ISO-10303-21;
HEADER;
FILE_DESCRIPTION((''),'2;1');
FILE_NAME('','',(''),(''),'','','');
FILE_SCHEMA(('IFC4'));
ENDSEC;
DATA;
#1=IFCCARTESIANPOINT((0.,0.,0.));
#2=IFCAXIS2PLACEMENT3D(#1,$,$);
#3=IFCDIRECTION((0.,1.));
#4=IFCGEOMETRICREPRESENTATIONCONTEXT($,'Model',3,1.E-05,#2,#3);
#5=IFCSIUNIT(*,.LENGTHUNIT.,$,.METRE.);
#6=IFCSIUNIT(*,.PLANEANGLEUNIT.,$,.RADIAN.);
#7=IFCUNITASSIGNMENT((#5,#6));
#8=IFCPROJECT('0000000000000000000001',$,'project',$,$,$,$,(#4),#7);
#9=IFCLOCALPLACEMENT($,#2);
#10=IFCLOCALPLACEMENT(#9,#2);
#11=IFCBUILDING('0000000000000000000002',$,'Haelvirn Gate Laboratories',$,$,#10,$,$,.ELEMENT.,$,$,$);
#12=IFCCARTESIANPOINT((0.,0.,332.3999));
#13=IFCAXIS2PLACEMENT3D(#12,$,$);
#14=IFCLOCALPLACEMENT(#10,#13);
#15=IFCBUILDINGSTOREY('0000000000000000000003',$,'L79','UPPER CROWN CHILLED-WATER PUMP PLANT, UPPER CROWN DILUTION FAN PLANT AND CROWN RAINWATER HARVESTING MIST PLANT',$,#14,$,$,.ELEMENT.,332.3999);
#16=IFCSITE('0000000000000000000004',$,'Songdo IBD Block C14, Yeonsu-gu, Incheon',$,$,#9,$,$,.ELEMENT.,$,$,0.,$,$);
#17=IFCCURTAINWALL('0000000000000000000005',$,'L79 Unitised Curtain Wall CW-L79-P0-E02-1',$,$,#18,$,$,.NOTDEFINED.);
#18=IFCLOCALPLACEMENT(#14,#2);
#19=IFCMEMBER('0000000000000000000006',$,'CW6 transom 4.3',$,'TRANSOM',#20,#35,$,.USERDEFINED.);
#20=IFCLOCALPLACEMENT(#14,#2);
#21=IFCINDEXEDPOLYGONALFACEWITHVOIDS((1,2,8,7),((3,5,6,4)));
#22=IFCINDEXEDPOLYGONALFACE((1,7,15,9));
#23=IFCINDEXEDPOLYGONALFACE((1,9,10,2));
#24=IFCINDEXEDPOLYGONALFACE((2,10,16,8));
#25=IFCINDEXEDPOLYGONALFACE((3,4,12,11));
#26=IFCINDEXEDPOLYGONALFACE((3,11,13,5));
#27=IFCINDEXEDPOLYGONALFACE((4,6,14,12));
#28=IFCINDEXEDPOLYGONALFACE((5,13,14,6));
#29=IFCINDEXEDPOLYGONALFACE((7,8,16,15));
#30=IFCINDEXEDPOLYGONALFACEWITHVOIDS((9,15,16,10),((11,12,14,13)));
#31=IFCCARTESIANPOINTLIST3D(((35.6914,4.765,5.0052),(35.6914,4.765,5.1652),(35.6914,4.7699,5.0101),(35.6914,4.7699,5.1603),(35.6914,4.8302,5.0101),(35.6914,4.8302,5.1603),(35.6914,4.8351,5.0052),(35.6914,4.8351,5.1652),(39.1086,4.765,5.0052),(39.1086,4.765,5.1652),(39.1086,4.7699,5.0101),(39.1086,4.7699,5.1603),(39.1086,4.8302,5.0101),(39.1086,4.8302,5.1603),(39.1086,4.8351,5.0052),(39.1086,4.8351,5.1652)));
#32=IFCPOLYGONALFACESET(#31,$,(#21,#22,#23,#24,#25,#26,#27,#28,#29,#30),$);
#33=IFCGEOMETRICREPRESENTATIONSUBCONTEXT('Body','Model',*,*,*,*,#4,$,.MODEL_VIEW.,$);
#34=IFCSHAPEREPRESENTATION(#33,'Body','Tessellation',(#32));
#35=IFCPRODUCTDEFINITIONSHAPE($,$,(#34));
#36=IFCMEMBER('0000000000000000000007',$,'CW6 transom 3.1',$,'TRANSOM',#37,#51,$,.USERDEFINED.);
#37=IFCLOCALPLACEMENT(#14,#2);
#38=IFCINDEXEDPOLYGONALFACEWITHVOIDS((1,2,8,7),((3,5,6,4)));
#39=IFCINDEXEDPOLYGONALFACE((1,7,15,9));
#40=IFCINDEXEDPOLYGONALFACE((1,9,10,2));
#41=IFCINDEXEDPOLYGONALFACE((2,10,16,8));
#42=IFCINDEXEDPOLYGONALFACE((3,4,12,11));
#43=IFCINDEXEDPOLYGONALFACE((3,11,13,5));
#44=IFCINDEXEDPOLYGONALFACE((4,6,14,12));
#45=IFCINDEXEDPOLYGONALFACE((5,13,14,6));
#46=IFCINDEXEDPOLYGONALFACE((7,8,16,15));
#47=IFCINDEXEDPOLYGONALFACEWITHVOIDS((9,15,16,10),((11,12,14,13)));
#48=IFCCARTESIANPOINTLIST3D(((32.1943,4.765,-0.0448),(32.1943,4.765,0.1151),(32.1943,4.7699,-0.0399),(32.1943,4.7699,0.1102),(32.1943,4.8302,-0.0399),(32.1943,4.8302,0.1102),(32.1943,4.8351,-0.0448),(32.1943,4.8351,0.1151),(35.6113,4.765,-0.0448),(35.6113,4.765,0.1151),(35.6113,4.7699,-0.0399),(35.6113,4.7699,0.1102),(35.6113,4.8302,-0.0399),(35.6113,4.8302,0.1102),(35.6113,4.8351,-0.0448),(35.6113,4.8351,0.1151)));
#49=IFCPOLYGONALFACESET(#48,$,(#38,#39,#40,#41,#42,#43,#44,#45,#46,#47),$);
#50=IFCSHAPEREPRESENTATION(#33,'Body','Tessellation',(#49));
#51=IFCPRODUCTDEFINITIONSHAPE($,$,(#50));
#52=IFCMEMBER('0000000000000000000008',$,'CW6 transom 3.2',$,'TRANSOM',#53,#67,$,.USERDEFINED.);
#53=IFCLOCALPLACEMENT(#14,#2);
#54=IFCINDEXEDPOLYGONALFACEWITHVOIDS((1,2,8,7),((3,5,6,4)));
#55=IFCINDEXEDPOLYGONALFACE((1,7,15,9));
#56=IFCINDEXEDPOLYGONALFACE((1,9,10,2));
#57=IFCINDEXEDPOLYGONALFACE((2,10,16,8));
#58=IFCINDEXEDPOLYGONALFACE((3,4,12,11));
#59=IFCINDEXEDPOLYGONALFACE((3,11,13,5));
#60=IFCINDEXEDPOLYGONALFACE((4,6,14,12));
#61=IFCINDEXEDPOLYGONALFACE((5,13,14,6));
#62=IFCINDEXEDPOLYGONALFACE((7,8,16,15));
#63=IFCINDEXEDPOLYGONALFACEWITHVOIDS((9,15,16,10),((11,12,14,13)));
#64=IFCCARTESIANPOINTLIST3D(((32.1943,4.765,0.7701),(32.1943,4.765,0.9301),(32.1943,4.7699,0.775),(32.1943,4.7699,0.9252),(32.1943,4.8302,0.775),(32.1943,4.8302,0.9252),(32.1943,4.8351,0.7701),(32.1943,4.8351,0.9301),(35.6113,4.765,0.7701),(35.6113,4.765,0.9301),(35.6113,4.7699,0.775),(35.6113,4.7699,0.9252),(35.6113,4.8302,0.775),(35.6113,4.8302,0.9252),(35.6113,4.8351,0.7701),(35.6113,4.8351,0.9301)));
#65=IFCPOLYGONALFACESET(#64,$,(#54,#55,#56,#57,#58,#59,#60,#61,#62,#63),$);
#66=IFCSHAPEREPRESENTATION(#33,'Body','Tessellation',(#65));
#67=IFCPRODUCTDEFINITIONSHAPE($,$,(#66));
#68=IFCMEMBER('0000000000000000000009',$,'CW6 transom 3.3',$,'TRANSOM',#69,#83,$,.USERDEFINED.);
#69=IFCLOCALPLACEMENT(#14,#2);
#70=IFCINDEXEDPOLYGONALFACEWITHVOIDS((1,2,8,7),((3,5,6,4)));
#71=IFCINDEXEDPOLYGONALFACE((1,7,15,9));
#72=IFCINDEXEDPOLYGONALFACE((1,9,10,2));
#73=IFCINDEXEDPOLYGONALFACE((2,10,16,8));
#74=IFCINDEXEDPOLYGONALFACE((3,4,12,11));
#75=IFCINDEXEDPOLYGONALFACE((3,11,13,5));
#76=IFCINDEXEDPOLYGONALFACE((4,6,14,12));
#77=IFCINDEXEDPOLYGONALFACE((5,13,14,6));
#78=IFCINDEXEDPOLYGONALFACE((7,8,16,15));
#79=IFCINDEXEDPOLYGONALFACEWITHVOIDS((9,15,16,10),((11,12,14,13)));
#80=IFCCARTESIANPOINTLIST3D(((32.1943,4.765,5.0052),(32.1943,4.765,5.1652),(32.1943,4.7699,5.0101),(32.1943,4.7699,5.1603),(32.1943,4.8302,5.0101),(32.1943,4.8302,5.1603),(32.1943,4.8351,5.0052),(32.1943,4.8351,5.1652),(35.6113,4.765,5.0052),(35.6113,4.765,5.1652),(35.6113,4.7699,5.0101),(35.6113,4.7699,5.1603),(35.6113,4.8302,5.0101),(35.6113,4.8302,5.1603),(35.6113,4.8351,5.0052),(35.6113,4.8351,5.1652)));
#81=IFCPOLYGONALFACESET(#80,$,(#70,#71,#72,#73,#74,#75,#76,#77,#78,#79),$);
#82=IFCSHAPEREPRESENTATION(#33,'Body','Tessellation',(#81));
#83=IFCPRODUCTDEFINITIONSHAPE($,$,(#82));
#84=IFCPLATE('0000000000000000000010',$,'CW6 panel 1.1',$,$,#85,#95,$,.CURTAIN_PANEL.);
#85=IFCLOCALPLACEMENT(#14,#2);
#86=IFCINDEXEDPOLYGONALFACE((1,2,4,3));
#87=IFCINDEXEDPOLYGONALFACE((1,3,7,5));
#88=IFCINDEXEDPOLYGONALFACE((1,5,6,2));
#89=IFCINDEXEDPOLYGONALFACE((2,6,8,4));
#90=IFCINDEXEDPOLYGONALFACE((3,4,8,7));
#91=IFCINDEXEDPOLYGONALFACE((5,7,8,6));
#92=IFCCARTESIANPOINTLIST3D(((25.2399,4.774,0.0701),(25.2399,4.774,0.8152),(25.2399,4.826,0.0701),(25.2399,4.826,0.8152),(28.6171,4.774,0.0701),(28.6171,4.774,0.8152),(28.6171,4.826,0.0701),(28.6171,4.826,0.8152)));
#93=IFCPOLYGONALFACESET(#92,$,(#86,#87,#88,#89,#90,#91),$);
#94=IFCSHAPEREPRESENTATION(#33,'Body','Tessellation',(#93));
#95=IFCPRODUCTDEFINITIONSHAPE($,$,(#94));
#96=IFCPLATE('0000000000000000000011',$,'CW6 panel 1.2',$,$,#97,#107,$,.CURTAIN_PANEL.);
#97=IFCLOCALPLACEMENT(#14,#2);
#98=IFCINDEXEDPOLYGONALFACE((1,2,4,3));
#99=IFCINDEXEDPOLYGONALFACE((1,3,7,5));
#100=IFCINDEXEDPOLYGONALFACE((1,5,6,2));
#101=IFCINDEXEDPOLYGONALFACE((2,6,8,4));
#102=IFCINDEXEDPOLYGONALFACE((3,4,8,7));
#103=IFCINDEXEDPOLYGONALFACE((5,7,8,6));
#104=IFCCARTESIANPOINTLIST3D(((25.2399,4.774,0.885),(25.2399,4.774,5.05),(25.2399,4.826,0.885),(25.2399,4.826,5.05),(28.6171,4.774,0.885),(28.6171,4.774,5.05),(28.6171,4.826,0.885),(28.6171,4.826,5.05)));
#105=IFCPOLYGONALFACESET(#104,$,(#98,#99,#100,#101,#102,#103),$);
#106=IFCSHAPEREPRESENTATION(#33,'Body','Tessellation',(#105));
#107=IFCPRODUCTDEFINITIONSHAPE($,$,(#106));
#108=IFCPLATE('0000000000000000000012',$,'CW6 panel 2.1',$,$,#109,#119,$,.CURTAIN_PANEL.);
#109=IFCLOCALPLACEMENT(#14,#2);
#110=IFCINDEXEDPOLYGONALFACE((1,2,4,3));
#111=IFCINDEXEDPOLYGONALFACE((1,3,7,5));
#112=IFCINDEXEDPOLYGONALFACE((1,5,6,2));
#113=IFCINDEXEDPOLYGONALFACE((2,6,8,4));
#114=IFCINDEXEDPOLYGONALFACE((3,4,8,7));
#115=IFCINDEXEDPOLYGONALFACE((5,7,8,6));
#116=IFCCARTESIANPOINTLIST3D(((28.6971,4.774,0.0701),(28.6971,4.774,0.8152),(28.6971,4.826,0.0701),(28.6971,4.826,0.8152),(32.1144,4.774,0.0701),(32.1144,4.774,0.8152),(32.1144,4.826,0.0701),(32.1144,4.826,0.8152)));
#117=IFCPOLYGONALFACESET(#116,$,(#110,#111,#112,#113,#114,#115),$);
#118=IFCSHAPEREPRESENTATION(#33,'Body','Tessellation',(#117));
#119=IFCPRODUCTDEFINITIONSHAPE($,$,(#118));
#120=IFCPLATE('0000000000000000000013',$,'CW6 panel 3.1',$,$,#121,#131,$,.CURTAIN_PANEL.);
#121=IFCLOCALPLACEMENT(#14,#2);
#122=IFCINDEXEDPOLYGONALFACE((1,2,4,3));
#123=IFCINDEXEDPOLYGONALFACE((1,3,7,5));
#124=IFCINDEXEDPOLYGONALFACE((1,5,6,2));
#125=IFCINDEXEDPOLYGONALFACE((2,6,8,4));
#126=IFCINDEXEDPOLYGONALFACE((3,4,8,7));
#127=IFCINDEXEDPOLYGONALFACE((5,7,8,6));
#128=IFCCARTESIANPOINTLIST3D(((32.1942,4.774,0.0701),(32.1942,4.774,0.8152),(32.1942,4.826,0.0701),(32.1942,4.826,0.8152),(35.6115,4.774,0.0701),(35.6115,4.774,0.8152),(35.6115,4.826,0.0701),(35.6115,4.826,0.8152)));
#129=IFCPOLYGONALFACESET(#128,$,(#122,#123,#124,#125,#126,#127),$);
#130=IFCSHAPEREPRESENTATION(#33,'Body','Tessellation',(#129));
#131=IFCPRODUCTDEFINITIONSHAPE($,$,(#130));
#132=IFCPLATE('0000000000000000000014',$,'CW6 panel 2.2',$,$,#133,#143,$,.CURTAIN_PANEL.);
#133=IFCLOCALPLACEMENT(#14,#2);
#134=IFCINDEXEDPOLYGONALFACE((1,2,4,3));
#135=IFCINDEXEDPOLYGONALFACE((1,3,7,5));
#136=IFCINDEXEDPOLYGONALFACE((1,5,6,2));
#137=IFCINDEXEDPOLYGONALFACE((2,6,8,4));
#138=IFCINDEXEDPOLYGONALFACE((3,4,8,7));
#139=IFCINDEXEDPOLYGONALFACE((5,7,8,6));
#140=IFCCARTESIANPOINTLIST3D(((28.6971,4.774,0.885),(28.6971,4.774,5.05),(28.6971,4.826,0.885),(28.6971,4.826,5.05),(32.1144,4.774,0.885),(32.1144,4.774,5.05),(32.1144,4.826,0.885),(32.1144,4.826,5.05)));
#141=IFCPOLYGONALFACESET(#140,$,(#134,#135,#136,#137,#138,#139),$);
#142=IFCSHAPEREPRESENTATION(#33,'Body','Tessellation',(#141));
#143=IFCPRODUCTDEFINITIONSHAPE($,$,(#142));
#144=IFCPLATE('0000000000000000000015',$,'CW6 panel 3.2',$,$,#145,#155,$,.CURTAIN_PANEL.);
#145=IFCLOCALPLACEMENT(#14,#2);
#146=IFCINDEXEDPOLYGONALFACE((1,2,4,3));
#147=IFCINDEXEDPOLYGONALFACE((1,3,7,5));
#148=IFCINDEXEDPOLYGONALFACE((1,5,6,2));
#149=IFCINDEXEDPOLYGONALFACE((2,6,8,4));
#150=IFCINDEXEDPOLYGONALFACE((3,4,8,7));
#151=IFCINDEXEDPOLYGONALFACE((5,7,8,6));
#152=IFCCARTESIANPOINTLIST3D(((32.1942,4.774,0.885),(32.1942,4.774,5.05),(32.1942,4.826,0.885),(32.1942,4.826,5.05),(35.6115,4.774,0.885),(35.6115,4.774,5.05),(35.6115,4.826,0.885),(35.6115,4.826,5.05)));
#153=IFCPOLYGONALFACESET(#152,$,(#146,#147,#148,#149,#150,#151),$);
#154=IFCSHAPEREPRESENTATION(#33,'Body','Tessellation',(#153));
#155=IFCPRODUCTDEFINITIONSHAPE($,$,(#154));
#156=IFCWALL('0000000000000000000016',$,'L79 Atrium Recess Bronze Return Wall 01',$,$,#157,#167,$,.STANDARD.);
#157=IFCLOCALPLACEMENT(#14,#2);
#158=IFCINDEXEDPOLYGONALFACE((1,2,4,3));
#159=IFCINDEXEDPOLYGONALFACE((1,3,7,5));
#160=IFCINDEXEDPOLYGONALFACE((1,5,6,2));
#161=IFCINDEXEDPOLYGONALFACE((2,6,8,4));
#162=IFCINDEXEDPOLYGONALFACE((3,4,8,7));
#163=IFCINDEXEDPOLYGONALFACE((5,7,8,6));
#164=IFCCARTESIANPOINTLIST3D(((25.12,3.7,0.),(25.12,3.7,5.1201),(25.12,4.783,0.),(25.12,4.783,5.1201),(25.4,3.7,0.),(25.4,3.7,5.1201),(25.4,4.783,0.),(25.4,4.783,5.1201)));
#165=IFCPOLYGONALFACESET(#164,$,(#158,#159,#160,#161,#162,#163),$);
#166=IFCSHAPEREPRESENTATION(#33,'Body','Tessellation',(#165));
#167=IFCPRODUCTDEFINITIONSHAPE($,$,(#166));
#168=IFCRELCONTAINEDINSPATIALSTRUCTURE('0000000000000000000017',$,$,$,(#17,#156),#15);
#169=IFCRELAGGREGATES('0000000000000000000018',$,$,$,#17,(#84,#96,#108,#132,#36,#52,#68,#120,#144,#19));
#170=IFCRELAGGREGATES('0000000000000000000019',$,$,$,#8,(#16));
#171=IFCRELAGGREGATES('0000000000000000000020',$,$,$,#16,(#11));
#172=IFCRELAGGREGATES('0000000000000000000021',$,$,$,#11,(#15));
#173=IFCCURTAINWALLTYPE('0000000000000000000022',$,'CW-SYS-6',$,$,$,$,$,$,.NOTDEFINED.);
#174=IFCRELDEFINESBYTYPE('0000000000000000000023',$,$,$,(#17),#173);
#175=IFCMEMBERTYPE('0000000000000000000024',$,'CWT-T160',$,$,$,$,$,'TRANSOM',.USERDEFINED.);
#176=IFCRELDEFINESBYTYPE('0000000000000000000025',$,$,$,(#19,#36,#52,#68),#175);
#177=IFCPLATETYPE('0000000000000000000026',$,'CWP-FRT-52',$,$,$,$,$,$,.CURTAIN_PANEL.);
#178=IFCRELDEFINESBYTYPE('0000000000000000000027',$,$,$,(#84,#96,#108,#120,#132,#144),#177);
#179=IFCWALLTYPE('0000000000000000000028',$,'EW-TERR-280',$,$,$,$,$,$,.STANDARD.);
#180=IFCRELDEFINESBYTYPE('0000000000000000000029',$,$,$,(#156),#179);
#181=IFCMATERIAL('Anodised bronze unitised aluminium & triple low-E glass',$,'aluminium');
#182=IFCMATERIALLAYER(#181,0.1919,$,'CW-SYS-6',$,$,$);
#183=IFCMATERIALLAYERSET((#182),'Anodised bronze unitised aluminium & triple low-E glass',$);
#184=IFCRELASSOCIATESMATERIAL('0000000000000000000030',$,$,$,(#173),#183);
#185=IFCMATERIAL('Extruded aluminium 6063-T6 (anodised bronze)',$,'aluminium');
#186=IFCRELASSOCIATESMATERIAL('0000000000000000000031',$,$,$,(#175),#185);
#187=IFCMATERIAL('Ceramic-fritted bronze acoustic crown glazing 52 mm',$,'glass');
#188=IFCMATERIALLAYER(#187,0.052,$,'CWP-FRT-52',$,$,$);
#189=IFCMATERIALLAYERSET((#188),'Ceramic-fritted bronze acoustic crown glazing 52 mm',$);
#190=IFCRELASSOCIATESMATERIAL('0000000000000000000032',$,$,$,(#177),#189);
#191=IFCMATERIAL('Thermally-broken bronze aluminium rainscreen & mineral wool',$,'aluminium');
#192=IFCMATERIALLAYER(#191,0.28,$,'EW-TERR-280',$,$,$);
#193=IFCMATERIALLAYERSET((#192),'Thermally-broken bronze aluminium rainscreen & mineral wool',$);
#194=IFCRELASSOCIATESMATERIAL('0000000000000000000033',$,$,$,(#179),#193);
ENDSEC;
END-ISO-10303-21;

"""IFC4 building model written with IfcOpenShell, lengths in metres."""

from ifc_helpers import new_model, si_unit, direction, frame, frame_2d, origin, origin_2d, place, context, subcontext, project, spatial, rectangle, hollow_rectangle, extrude, source, transform, mapped, material, layer, layer_set, material_profile, profile_set, type_object, type_shapes, element, aggregate, save


model = new_model("IFC4")

# Units and contexts
model_context = context("Model", 3, precision=1e-05, world=origin(), true_north=direction((0.0, 1.0)))
body_context = subcontext(model_context, "Body", "Model", "MODEL_VIEW")
ifc_project = project(units=[si_unit("LENGTHUNIT", "METRE"), si_unit("PLANEANGLEUNIT", "RADIAN")], contexts=[model_context])

# Site, building, storey
site_placement = place(None, origin())
site = spatial("IfcSite", under=ifc_project, at=site_placement, Name="Songdo IBD Block C14, Yeonsu-gu, Incheon", CompositionType="ELEMENT", RefElevation=0.0)
building_placement = place(site_placement, origin())
building = spatial("IfcBuilding", under=site, at=building_placement, Name="Haelvirn Gate Laboratories", CompositionType="ELEMENT")
storey_placement = place(building_placement, frame((0.0, 0.0, 332.3999)))
storey = spatial("IfcBuildingStorey", under=building, at=storey_placement, Name="L79", Description="UPPER CROWN CHILLED-WATER PUMP PLANT, UPPER CROWN DILUTION FAN PLANT AND CROWN RAINWATER HARVESTING MIST PLANT", CompositionType="ELEMENT", Elevation=332.3999)

# Shared definitions
ifc_material_1 = material(Name="Anodised bronze unitised aluminium & triple low-E glass", Category="aluminium")
ifc_layer_1 = layer(ifc_material_1, 0.1919, Name="CW-SYS-6")
ifc_layer_set_1 = layer_set([ifc_layer_1], Name="Anodised bronze unitised aluminium & triple low-E glass")
curtain_wall_type = type_object("IfcCurtainWallType", Name="CW-SYS-6", PredefinedType="NOTDEFINED", material=ifc_layer_set_1)
ifc_material_2 = material(Name="Extruded aluminium 6063-T6 (anodised bronze)", Category="aluminium")

# Curtain wall, members, plates
curtain_wall_1_placement = place(storey_placement, origin())
curtain_wall_1 = element("IfcCurtainWall", 1, at=curtain_wall_1_placement, inside=storey, type_object=curtain_wall_type, Name="L79 Unitised Curtain Wall CW-L79-P0-E02-1", PredefinedType="NOTDEFINED")
ifc_material_profile_1 = material_profile(ifc_material_2, hollow_rectangle(XDim=0.0701, YDim=0.1599, WallThickness=0.0049, at=origin_2d()), Name="CWT-160x70x5")
ifc_profile_set_1 = profile_set([ifc_material_profile_1], Name="Extruded aluminium 6063-T6 (anodised bronze)")
member_type_1 = type_object("IfcMemberType", Name="CWT-T160", ElementType="TRANSOM", PredefinedType="USERDEFINED", material=ifc_profile_set_1)
shared_shape_1 = source(origin(), body_context, "Body", "SweptSolid", [
    extrude(hollow_rectangle(XDim=0.0701, YDim=0.1599, WallThickness=0.0049, at=origin_2d()), origin(), (0.0, 0.0, 1.0), 3.4172),
])
member_1_placement = place(storey_placement, frame((35.6914, 4.8, 5.0852), z_axis=(1.0, 0.0, 0.0), x_axis=(0.0, 1.0, 0.0)))
member_1 = element("IfcMember", 2, at=member_1_placement, type_object=member_type_1, Name="CW6 transom 4.3", ObjectType="TRANSOM", PredefinedType="USERDEFINED", context=body_context, shape_type="MappedRepresentation", body=[
    mapped(shared_shape_1, transform((0.0, 0.0, 0.0), scale=1.0)),
])
shared_shape_2 = source(origin(), body_context, "Body", "SweptSolid", [
    extrude(hollow_rectangle(XDim=0.0701, YDim=0.1599, WallThickness=0.0049, at=origin_2d()), origin(), (0.0, 0.0, 1.0), 3.417),
])
member_2_placement = place(storey_placement, frame((32.1943, 4.8, 0.0352), z_axis=(1.0, 0.0, 0.0), x_axis=(0.0, 1.0, 0.0)))
member_2 = element("IfcMember", 3, at=member_2_placement, type_object=member_type_1, Name="CW6 transom 3.1", ObjectType="TRANSOM", PredefinedType="USERDEFINED", context=body_context, shape_type="MappedRepresentation", body=[
    mapped(shared_shape_2, transform((0.0, 0.0, 0.0), scale=1.0)),
])
member_3_placement = place(storey_placement, frame((32.1943, 4.8, 0.8501), z_axis=(1.0, 0.0, 0.0), x_axis=(0.0, 1.0, 0.0)))
member_3 = element("IfcMember", 4, at=member_3_placement, type_object=member_type_1, Name="CW6 transom 3.2", ObjectType="TRANSOM", PredefinedType="USERDEFINED", context=body_context, shape_type="MappedRepresentation", body=[
    mapped(shared_shape_2, transform((0.0, 0.0, 0.0), scale=1.0)),
])
member_4_placement = place(storey_placement, frame((32.1943, 4.8, 5.0852), z_axis=(1.0, 0.0, 0.0), x_axis=(0.0, 1.0, 0.0)))
member_4 = element("IfcMember", 5, at=member_4_placement, type_object=member_type_1, Name="CW6 transom 3.3", ObjectType="TRANSOM", PredefinedType="USERDEFINED", context=body_context, shape_type="MappedRepresentation", body=[
    mapped(shared_shape_2, transform((0.0, 0.0, 0.0), scale=1.0)),
])
ifc_material_3 = material(Name="Ceramic-fritted bronze acoustic crown glazing 52 mm", Category="glass")
ifc_layer_2 = layer(ifc_material_3, 0.052, Name="CWP-FRT-52")
ifc_layer_set_2 = layer_set([ifc_layer_2], Name="Ceramic-fritted bronze acoustic crown glazing 52 mm")
plate_type = type_object("IfcPlateType", Name="CWP-FRT-52", PredefinedType="CURTAIN_PANEL", material=ifc_layer_set_2)
shared_shape_3 = source(origin(), body_context, "Body", "SweptSolid", [
    extrude(rectangle(XDim=3.3772, YDim=0.052, at=origin_2d()), origin(), (0.0, 0.0, 1.0), 0.7451),
])
plate_1_placement = place(storey_placement, frame((26.9285, 4.8, 0.0701), z_axis=(0.0, 0.0, 1.0), x_axis=(1.0, 0.0, 0.0)))
plate_1 = element("IfcPlate", 6, at=plate_1_placement, type_object=plate_type, Name="CW6 panel 1.1", PredefinedType="CURTAIN_PANEL", context=body_context, shape_type="MappedRepresentation", body=[
    mapped(shared_shape_3, transform((0.0, 0.0, 0.0), scale=1.0)),
])
shared_shape_4 = source(origin(), body_context, "Body", "SweptSolid", [
    extrude(rectangle(XDim=3.3772, YDim=0.052, at=origin_2d()), origin(), (0.0, 0.0, 1.0), 4.165),
])
plate_2_placement = place(storey_placement, frame((26.9285, 4.8, 0.885), z_axis=(0.0, 0.0, 1.0), x_axis=(1.0, 0.0, 0.0)))
plate_2 = element("IfcPlate", 7, at=plate_2_placement, type_object=plate_type, Name="CW6 panel 1.2", PredefinedType="CURTAIN_PANEL", context=body_context, shape_type="MappedRepresentation", body=[
    mapped(shared_shape_4, transform((0.0, 0.0, 0.0), scale=1.0)),
])
shared_shape_5 = source(origin(), body_context, "Body", "SweptSolid", [
    extrude(rectangle(XDim=3.4172, YDim=0.052, at=origin_2d()), origin(), (0.0, 0.0, 1.0), 0.7451),
])
plate_3_placement = place(storey_placement, frame((30.4058, 4.8, 0.0701), z_axis=(0.0, 0.0, 1.0), x_axis=(1.0, 0.0, 0.0)))
plate_3 = element("IfcPlate", 8, at=plate_3_placement, type_object=plate_type, Name="CW6 panel 2.1", PredefinedType="CURTAIN_PANEL", context=body_context, shape_type="MappedRepresentation", body=[
    mapped(shared_shape_5, transform((0.0, 0.0, 0.0), scale=1.0)),
])
plate_4_placement = place(storey_placement, frame((33.9028, 4.8, 0.0701), z_axis=(0.0, 0.0, 1.0), x_axis=(1.0, 0.0, 0.0)))
plate_4 = element("IfcPlate", 9, at=plate_4_placement, type_object=plate_type, Name="CW6 panel 3.1", PredefinedType="CURTAIN_PANEL", context=body_context, shape_type="MappedRepresentation", body=[
    mapped(shared_shape_5, transform((0.0, 0.0, 0.0), scale=1.0)),
])
shared_shape_6 = source(origin(), body_context, "Body", "SweptSolid", [
    extrude(rectangle(XDim=3.4172, YDim=0.052, at=origin_2d()), origin(), (0.0, 0.0, 1.0), 4.165),
])
type_shapes(plate_type, [shared_shape_3, shared_shape_4, shared_shape_5, shared_shape_6])
plate_5_placement = place(storey_placement, frame((30.4058, 4.8, 0.885), z_axis=(0.0, 0.0, 1.0), x_axis=(1.0, 0.0, 0.0)))
plate_5 = element("IfcPlate", 10, at=plate_5_placement, type_object=plate_type, Name="CW6 panel 2.2", PredefinedType="CURTAIN_PANEL", context=body_context, shape_type="MappedRepresentation", body=[
    mapped(shared_shape_6, transform((0.0, 0.0, 0.0), scale=1.0)),
])
plate_6_placement = place(storey_placement, frame((33.9028, 4.8, 0.885), z_axis=(0.0, 0.0, 1.0), x_axis=(1.0, 0.0, 0.0)))
plate_6 = element("IfcPlate", 11, at=plate_6_placement, type_object=plate_type, Name="CW6 panel 3.2", PredefinedType="CURTAIN_PANEL", context=body_context, shape_type="MappedRepresentation", body=[
    mapped(shared_shape_6, transform((0.0, 0.0, 0.0), scale=1.0)),
])
aggregate(curtain_wall_1, [plate_1, plate_2, plate_3, plate_5, member_2, member_3, member_4, plate_4, plate_6, member_1])

# Wall
ifc_material_4 = material(Name="Thermally-broken bronze aluminium rainscreen & mineral wool", Category="aluminium")
ifc_layer_3 = layer(ifc_material_4, 0.28, Name="EW-TERR-280")
ifc_layer_set_3 = layer_set([ifc_layer_3], Name="Thermally-broken bronze aluminium rainscreen & mineral wool")
wall_type_1 = type_object("IfcWallType", Name="EW-TERR-280", PredefinedType="STANDARD", material=ifc_layer_set_3)
wall_1_placement = place(storey_placement, frame((25.26, 3.7, 0.0), z_axis=(0.0, 0.0, 1.0), x_axis=(0.0, 1.0, 0.0)))
element("IfcWall", 12, at=wall_1_placement, inside=storey, type_object=wall_type_1, Name="L79 Atrium Recess Bronze Return Wall 01", PredefinedType="STANDARD", context=body_context, shape_type="SweptSolid", body=[
    extrude(rectangle(XDim=1.083, YDim=0.28, at=frame_2d((0.5415, 0.0))), origin(), (0.0, 0.0, 1.0), 5.1201),
])

save(model, "model.ifc")
